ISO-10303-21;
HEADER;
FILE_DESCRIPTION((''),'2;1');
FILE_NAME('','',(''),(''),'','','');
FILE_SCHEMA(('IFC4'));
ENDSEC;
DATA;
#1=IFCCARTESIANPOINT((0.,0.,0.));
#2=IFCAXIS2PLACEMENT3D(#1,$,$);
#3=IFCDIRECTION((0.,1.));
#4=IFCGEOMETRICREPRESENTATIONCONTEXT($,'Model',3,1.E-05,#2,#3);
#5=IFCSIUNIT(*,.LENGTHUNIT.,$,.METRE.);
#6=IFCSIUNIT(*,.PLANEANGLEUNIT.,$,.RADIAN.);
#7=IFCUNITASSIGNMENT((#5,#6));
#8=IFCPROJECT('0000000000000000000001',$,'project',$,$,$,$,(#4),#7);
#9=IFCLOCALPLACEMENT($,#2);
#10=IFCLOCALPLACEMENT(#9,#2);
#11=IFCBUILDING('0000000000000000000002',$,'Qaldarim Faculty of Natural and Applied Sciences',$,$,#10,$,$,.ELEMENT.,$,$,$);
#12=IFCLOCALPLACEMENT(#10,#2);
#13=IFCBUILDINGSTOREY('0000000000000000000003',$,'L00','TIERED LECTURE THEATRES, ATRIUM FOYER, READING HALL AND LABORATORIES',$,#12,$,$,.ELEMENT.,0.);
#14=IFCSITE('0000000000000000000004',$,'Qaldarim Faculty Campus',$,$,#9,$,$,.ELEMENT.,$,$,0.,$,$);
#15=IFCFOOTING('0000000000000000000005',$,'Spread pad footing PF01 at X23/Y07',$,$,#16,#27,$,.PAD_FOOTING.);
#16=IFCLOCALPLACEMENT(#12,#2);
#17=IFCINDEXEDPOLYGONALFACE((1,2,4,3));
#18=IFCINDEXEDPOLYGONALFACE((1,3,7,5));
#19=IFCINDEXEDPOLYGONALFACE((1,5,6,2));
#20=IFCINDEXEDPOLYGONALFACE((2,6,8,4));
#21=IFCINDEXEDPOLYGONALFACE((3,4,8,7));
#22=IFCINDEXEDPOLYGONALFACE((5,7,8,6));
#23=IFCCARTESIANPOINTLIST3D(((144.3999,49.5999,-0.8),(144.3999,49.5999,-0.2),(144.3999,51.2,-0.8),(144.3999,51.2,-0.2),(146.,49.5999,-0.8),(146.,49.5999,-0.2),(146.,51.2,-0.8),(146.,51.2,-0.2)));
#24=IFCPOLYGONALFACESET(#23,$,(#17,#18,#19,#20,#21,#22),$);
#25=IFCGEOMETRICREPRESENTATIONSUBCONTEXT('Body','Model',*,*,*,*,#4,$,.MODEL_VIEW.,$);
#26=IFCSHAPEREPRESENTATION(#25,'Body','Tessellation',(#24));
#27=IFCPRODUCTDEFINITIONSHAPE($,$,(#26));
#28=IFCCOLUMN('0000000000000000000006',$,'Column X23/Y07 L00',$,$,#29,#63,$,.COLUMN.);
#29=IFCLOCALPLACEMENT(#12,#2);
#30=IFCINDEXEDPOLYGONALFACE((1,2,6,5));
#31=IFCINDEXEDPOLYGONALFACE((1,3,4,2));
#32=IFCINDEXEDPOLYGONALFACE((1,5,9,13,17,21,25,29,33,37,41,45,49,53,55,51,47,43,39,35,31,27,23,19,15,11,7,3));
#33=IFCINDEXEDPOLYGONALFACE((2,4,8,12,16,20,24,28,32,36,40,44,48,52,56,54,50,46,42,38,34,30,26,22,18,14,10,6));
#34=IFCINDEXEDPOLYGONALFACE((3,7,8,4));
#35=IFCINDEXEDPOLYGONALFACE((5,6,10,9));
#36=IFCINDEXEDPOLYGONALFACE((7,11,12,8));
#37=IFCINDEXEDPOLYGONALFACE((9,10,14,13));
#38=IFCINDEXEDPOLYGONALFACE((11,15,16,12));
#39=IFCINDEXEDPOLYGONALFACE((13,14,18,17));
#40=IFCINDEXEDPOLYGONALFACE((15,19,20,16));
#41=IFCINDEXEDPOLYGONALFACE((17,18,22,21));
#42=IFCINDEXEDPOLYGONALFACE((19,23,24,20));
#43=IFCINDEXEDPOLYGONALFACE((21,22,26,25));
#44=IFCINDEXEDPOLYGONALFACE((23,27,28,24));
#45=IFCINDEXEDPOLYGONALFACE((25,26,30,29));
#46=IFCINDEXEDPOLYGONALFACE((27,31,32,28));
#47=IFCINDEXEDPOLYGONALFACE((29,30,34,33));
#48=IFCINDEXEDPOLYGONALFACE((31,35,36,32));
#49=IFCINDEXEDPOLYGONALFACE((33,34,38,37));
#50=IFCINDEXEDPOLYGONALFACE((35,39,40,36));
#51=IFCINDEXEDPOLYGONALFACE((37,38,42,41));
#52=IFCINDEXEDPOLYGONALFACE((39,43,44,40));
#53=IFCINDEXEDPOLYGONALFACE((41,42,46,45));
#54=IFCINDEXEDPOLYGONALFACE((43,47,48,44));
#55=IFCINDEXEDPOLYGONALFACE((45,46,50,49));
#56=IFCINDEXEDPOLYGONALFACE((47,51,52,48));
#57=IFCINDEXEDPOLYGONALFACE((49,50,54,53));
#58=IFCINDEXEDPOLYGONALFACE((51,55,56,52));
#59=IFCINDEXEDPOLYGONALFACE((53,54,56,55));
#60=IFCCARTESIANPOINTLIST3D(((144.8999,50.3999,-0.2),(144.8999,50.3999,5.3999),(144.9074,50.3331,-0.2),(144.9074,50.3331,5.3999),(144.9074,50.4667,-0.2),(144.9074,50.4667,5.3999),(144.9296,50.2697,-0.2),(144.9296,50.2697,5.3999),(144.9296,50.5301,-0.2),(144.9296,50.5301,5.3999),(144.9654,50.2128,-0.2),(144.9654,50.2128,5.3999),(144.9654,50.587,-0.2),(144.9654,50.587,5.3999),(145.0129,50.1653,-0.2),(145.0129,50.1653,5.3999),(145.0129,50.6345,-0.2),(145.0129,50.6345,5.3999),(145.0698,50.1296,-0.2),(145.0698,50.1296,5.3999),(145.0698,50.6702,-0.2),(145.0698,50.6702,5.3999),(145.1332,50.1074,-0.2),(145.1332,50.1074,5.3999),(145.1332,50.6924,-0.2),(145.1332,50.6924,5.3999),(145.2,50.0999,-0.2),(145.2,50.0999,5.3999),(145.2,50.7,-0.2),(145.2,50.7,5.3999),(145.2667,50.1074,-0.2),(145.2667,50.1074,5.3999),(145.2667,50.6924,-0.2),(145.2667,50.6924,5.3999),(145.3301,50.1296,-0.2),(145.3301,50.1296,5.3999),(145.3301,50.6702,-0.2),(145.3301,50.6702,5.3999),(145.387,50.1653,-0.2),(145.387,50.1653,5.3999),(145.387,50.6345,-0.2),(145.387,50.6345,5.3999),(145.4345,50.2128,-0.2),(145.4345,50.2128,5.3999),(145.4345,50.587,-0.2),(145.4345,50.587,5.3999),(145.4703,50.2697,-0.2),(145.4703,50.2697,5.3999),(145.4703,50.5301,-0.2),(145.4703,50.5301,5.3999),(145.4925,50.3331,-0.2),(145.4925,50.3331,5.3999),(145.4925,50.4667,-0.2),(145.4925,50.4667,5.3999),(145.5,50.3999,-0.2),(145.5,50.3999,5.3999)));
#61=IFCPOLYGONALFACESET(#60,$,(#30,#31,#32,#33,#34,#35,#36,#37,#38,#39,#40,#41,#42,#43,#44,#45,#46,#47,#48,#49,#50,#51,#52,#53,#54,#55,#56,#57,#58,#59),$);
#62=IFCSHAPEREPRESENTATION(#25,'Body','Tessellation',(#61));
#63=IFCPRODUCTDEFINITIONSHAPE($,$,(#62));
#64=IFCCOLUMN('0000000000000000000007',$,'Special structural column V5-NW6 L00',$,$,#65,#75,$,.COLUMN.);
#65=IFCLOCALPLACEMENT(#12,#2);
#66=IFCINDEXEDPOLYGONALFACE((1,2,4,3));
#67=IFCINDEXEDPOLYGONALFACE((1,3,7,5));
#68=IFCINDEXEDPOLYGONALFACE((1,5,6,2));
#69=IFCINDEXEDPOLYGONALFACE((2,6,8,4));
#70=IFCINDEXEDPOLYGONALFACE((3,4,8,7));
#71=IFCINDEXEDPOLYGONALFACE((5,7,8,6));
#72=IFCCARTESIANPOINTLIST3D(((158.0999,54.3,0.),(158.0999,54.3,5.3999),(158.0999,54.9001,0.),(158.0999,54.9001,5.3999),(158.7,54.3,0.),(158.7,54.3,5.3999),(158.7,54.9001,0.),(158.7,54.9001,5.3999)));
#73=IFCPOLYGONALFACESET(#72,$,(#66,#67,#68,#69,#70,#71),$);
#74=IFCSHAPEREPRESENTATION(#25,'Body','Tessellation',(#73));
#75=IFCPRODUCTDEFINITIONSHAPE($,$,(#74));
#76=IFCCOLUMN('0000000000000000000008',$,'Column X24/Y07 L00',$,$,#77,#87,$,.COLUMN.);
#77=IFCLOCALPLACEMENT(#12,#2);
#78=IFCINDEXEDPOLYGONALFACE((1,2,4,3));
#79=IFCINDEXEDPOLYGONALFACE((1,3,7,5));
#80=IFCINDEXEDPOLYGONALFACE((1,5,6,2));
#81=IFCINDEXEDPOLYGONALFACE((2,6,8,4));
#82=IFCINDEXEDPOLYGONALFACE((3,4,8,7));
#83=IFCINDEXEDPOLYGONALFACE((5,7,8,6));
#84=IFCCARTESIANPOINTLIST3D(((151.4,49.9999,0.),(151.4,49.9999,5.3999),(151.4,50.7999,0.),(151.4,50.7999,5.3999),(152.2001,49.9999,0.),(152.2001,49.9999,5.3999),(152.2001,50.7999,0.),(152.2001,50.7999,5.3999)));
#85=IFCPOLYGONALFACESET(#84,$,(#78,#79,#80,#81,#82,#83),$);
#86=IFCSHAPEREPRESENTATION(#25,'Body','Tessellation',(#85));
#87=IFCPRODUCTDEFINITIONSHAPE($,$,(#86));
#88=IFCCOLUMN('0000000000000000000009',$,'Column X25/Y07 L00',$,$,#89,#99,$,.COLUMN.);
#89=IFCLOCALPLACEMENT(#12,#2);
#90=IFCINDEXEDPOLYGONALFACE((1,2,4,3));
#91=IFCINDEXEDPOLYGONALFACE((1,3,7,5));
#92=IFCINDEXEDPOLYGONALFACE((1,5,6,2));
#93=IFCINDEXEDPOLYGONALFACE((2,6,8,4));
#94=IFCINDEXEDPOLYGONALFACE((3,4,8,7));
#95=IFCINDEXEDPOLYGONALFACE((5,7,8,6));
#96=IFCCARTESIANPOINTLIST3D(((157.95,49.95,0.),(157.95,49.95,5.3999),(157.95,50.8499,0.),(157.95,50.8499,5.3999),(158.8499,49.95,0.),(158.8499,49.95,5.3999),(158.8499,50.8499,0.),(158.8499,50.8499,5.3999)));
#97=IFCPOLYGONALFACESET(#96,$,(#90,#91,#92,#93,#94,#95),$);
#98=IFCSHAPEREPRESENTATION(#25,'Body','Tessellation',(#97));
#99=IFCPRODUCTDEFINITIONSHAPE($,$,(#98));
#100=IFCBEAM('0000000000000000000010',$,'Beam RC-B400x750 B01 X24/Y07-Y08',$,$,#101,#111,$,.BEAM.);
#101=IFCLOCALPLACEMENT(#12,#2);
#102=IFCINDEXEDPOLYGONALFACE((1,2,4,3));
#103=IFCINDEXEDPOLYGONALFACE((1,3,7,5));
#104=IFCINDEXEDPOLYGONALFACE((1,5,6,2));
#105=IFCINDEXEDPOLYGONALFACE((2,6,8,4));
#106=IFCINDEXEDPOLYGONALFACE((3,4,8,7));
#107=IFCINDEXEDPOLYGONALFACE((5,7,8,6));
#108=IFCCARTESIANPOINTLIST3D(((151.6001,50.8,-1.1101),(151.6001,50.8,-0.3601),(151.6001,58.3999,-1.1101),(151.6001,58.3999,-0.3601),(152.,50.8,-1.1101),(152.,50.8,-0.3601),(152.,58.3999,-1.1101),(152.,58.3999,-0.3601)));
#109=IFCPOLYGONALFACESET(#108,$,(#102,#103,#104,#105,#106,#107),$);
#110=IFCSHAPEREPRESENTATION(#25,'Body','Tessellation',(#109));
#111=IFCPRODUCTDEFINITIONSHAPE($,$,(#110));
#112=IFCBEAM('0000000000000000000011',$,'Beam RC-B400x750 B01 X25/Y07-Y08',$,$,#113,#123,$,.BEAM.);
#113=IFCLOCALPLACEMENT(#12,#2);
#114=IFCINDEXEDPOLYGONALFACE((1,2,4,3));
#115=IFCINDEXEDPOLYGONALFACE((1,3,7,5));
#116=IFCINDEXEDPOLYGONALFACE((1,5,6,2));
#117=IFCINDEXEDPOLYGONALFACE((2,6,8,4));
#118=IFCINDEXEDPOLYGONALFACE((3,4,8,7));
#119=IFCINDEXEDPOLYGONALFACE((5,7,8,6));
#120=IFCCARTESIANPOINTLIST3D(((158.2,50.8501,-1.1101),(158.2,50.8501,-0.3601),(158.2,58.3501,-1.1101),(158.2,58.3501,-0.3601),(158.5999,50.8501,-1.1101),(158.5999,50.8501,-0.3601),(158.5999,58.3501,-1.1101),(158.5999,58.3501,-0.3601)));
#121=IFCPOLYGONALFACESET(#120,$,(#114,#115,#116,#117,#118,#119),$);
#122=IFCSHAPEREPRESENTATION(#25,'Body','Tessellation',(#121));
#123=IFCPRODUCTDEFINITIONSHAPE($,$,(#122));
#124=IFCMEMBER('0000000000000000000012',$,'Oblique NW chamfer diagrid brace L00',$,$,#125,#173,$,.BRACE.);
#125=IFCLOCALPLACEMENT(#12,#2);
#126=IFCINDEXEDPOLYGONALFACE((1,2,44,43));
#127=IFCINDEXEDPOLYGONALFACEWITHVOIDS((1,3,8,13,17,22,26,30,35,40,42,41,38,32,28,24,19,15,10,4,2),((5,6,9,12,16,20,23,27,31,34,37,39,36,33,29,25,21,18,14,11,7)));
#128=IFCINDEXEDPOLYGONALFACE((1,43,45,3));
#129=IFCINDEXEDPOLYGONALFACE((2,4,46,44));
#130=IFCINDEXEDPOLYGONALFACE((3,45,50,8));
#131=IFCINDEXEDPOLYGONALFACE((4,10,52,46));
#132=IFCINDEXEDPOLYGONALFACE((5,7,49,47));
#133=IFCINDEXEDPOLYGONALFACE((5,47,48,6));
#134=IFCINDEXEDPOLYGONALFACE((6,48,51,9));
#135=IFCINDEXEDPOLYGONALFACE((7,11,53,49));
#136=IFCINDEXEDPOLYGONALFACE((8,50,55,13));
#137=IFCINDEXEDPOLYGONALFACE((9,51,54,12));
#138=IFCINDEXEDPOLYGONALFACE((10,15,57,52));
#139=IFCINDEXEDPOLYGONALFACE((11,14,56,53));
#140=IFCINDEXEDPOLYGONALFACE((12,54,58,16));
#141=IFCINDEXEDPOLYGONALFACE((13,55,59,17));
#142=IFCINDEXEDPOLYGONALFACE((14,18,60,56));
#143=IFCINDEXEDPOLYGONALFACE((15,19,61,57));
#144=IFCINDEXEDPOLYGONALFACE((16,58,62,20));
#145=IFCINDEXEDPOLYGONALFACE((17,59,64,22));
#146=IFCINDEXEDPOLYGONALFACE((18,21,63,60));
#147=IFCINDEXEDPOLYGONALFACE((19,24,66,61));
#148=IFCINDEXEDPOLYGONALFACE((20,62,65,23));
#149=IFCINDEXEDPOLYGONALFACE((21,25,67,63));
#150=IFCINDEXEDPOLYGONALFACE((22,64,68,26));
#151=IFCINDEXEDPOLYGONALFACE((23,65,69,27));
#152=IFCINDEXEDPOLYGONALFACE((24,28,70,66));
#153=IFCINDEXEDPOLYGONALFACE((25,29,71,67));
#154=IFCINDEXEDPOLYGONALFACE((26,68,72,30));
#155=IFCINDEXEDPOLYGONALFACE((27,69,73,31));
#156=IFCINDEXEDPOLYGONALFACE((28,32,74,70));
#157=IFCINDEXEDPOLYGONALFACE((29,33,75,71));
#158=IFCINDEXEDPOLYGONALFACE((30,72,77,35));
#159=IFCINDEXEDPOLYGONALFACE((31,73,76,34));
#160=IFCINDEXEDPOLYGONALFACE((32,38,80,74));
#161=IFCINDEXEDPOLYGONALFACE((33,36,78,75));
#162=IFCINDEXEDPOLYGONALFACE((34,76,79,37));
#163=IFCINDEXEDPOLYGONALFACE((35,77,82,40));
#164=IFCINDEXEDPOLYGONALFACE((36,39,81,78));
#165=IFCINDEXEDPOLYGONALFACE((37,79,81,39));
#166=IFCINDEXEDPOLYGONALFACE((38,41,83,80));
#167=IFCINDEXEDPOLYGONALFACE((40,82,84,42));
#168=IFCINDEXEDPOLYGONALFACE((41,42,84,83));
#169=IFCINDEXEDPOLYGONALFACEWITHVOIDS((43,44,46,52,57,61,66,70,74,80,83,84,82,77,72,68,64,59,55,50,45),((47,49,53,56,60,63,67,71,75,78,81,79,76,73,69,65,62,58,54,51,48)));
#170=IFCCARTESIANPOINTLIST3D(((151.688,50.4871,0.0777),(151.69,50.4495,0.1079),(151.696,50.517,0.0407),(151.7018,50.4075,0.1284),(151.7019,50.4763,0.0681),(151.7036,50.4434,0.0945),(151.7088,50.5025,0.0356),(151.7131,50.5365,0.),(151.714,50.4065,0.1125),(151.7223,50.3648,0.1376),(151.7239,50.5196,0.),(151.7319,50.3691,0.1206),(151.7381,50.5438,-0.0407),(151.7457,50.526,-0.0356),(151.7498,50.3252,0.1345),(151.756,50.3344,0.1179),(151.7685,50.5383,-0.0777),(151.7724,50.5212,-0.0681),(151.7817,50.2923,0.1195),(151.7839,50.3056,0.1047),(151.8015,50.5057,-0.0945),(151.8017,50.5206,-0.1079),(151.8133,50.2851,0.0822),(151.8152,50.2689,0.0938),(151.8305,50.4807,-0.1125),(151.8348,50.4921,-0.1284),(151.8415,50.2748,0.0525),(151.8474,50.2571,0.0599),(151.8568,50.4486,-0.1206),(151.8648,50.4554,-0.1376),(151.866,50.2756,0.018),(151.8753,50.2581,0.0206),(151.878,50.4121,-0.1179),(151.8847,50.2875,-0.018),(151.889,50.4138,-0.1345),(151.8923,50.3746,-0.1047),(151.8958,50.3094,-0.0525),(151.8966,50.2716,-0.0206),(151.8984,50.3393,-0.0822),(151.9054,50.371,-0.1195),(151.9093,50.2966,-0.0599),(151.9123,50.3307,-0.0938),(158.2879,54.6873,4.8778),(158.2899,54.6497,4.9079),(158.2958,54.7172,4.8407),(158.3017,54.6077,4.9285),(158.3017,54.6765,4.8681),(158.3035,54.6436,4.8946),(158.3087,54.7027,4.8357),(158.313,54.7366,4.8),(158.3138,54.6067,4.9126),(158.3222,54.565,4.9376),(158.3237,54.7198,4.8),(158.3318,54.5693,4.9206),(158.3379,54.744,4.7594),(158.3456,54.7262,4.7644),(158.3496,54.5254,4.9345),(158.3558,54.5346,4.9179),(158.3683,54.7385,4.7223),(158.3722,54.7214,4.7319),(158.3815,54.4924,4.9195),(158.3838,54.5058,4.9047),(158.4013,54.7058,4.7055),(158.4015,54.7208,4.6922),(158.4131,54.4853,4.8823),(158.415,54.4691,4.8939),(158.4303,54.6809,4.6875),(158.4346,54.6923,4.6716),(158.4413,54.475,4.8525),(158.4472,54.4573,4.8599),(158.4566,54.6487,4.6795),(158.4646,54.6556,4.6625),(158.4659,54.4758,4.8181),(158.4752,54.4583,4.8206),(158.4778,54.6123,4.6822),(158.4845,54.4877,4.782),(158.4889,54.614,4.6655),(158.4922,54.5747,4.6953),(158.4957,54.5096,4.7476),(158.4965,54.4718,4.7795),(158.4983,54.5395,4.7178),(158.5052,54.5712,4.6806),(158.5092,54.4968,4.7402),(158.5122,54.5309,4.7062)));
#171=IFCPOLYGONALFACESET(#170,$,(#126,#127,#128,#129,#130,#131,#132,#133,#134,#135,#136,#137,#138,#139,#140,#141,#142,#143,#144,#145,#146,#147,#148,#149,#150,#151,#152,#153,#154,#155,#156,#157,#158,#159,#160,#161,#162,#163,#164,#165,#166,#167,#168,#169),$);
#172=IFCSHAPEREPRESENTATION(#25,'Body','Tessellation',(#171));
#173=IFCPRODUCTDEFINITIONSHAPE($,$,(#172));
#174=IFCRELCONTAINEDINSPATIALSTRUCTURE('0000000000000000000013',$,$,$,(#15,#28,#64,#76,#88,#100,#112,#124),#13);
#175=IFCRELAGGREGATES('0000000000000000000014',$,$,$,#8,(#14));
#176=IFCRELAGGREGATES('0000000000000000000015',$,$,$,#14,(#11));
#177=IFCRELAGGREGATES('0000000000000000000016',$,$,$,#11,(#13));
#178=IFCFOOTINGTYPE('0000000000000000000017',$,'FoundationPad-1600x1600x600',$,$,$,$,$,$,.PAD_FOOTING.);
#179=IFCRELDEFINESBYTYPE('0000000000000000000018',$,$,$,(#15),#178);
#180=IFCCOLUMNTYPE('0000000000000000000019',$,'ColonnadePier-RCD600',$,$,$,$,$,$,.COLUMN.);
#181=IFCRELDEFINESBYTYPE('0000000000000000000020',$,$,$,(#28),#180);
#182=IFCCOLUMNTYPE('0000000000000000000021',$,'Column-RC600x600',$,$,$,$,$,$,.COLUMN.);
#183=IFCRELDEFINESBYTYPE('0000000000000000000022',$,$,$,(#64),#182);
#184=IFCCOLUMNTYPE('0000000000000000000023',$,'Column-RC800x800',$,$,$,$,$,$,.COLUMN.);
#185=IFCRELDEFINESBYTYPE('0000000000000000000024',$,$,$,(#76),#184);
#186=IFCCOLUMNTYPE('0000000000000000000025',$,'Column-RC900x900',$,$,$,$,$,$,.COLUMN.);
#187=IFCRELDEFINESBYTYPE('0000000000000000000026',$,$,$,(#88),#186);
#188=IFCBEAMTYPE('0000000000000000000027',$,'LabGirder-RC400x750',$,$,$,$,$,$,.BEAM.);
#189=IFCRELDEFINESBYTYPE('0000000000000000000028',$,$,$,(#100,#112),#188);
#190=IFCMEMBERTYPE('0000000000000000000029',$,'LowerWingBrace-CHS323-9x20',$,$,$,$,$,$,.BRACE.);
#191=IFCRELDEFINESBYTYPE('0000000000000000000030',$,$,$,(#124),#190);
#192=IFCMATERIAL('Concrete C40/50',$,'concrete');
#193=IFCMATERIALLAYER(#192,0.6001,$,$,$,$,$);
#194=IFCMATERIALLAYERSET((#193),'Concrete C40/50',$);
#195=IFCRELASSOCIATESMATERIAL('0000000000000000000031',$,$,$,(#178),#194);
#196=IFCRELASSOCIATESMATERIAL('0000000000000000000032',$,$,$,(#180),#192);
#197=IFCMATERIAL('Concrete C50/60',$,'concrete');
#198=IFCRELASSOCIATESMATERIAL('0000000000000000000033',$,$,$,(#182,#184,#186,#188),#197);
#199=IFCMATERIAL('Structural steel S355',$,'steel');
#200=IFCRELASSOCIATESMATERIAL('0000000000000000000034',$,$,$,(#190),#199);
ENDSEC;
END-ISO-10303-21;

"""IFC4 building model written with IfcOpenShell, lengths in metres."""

from ifc_helpers import new_model, si_unit, direction, frame, origin, origin_2d, place, context, subcontext, project, spatial, rectangle, circle, hollow_circle, extrude, material, layer, layer_set, material_profile, profile_set, type_object, element, save


model = new_model("IFC4")

# Units and contexts
model_context = context("Model", 3, precision=1e-05, world=origin(), true_north=direction((0.0, 1.0)))
body_context = subcontext(model_context, "Body", "Model", "MODEL_VIEW")
ifc_project = project(units=[si_unit("LENGTHUNIT", "METRE"), si_unit("PLANEANGLEUNIT", "RADIAN")], contexts=[model_context])

# Site, building, storey
site_placement = place(None, origin())
site = spatial("IfcSite", under=ifc_project, at=site_placement, Name="Qaldarim Faculty Campus", CompositionType="ELEMENT", RefElevation=0.0)
building_placement = place(site_placement, origin())
building = spatial("IfcBuilding", under=site, at=building_placement, Name="Qaldarim Faculty of Natural and Applied Sciences", CompositionType="ELEMENT")
storey_placement = place(building_placement, origin())
storey = spatial("IfcBuildingStorey", under=building, at=storey_placement, Name="L00", Description="TIERED LECTURE THEATRES, ATRIUM FOYER, READING HALL AND LABORATORIES", CompositionType="ELEMENT", Elevation=0.0)

# Footing
ifc_material_1 = material(Name="Concrete C40/50", Category="concrete")
ifc_layer_1 = layer(ifc_material_1, 0.6001)
ifc_layer_set_1 = layer_set([ifc_layer_1], Name="Concrete C40/50")
footing_type = type_object("IfcFootingType", Name="FoundationPad-1600x1600x600", PredefinedType="PAD_FOOTING", material=ifc_layer_set_1)
footing_placement = place(storey_placement, frame((145.2, 50.3999, -0.8), z_axis=(0.0, 0.0, 1.0), x_axis=(1.0, 0.0, 0.0)))
element("IfcFooting", 1, at=footing_placement, inside=storey, type_object=footing_type, Name="Spread pad footing PF01 at X23/Y07", PredefinedType="PAD_FOOTING", context=body_context, shape_type="SweptSolid", body=[
    extrude(rectangle(XDim=1.6001, YDim=1.6001, at=origin_2d()), origin(), (0.0, 0.0, 1.0), 0.6001),
])

# Columns
ifc_material_profile_1 = material_profile(ifc_material_1, circle(Radius=0.3, at=origin_2d()), Name="RC-D600")
ifc_profile_set_1 = profile_set([ifc_material_profile_1], Name="Concrete C40/50")
column_type_1 = type_object("IfcColumnType", Name="ColonnadePier-RCD600", PredefinedType="COLUMN", material=ifc_profile_set_1)
column_1_placement = place(storey_placement, frame((145.2, 50.3999, -0.2), z_axis=(0.0, 0.0, 1.0), x_axis=(1.0, 0.0, 0.0)))
element("IfcColumn", 2, at=column_1_placement, inside=storey, type_object=column_type_1, Name="Column X23/Y07 L00", PredefinedType="COLUMN", context=body_context, shape_type="SweptSolid", body=[
    extrude(circle(Radius=0.3, at=origin_2d()), origin(), (0.0, 0.0, 1.0), 5.5999),
])
ifc_material_2 = material(Name="Concrete C50/60", Category="concrete")
ifc_material_profile_2 = material_profile(ifc_material_2, rectangle(XDim=0.6001, YDim=0.6001, at=origin_2d()), Name="RC-C600x600")
ifc_profile_set_2 = profile_set([ifc_material_profile_2], Name="Concrete C50/60")
column_type_2 = type_object("IfcColumnType", Name="Column-RC600x600", PredefinedType="COLUMN", material=ifc_profile_set_2)
column_2_placement = place(storey_placement, frame((158.3999, 54.6001, 0.0), z_axis=(0.0, 0.0, 1.0), x_axis=(1.0, 0.0, 0.0)))
element("IfcColumn", 3, at=column_2_placement, inside=storey, type_object=column_type_2, Name="Special structural column V5-NW6 L00", PredefinedType="COLUMN", context=body_context, shape_type="SweptSolid", body=[
    extrude(rectangle(XDim=0.6001, YDim=0.6001, at=origin_2d()), origin(), (0.0, 0.0, 1.0), 5.3999),
])
ifc_material_profile_3 = material_profile(ifc_material_2, rectangle(XDim=0.8, YDim=0.8, at=origin_2d()), Name="RC-C800x800")
ifc_profile_set_3 = profile_set([ifc_material_profile_3], Name="Concrete C50/60")
column_type_3 = type_object("IfcColumnType", Name="Column-RC800x800", PredefinedType="COLUMN", material=ifc_profile_set_3)
column_3_placement = place(storey_placement, frame((151.8, 50.3999, 0.0), z_axis=(0.0, 0.0, 1.0), x_axis=(1.0, 0.0, 0.0)))
element("IfcColumn", 4, at=column_3_placement, inside=storey, type_object=column_type_3, Name="Column X24/Y07 L00", PredefinedType="COLUMN", context=body_context, shape_type="SweptSolid", body=[
    extrude(rectangle(XDim=0.8, YDim=0.8, at=origin_2d()), origin(), (0.0, 0.0, 1.0), 5.3999),
])
ifc_material_profile_4 = material_profile(ifc_material_2, rectangle(XDim=0.8999, YDim=0.8999, at=origin_2d()), Name="RC-C900x900")
ifc_profile_set_4 = profile_set([ifc_material_profile_4], Name="Concrete C50/60")
column_type_4 = type_object("IfcColumnType", Name="Column-RC900x900", PredefinedType="COLUMN", material=ifc_profile_set_4)
column_4_placement = place(storey_placement, frame((158.3999, 50.3999, 0.0), z_axis=(0.0, 0.0, 1.0), x_axis=(1.0, 0.0, 0.0)))
element("IfcColumn", 5, at=column_4_placement, inside=storey, type_object=column_type_4, Name="Column X25/Y07 L00", PredefinedType="COLUMN", context=body_context, shape_type="SweptSolid", body=[
    extrude(rectangle(XDim=0.8999, YDim=0.8999, at=origin_2d()), origin(), (0.0, 0.0, 1.0), 5.3999),
])

# Beams
ifc_material_profile_5 = material_profile(ifc_material_2, rectangle(XDim=0.3999, YDim=0.75, at=origin_2d()), Name="RC-B400x750")
ifc_profile_set_5 = profile_set([ifc_material_profile_5], Name="Concrete C50/60")
beam_type_1 = type_object("IfcBeamType", Name="LabGirder-RC400x750", PredefinedType="BEAM", material=ifc_profile_set_5)
beam_1_placement = place(storey_placement, frame((151.8, 50.8, -0.7351), z_axis=(0.0, 1.0, 0.0), x_axis=(-1.0, 0.0, 0.0)))
element("IfcBeam", 6, at=beam_1_placement, inside=storey, type_object=beam_type_1, Name="Beam RC-B400x750 B01 X24/Y07-Y08", PredefinedType="BEAM", context=body_context, shape_type="SweptSolid", body=[
    extrude(rectangle(XDim=0.3999, YDim=0.75, at=origin_2d()), origin(), (0.0, 0.0, 1.0), 7.5999),
])
beam_2_placement = place(storey_placement, frame((158.3999, 50.8501, -0.7351), z_axis=(0.0, 1.0, 0.0), x_axis=(-1.0, 0.0, 0.0)))
element("IfcBeam", 7, at=beam_2_placement, inside=storey, type_object=beam_type_1, Name="Beam RC-B400x750 B01 X25/Y07-Y08", PredefinedType="BEAM", context=body_context, shape_type="SweptSolid", body=[
    extrude(rectangle(XDim=0.3999, YDim=0.75, at=origin_2d()), origin(), (0.0, 0.0, 1.0), 7.5),
])

# Member
ifc_material_3 = material(Name="Structural steel S355", Category="steel")
ifc_material_profile_6 = material_profile(ifc_material_3, hollow_circle(Radius=0.1619, WallThickness=0.02, at=origin_2d()), Name="CHS 323.9x20.0")
ifc_profile_set_6 = profile_set([ifc_material_profile_6], Name="Structural steel S355")
member_type_1 = type_object("IfcMemberType", Name="LowerWingBrace-CHS323-9x20", PredefinedType="BRACE", material=ifc_profile_set_6)
member_1_placement = place(storey_placement, frame((151.8, 50.3999, 0.0), z_axis=(0.719076, 0.457625, 0.522981), x_axis=(-0.536902, 0.843645, 0.0)))
element("IfcMember", 8, at=member_1_placement, inside=storey, type_object=member_type_1, Name="Oblique NW chamfer diagrid brace L00", PredefinedType="BRACE", context=body_context, shape_type="SweptSolid", body=[
    extrude(hollow_circle(Radius=0.1619, WallThickness=0.02, at=origin_2d()), origin(), (0.0, 0.0, 1.0), 9.1782),
])

save(model, "model.ifc")
